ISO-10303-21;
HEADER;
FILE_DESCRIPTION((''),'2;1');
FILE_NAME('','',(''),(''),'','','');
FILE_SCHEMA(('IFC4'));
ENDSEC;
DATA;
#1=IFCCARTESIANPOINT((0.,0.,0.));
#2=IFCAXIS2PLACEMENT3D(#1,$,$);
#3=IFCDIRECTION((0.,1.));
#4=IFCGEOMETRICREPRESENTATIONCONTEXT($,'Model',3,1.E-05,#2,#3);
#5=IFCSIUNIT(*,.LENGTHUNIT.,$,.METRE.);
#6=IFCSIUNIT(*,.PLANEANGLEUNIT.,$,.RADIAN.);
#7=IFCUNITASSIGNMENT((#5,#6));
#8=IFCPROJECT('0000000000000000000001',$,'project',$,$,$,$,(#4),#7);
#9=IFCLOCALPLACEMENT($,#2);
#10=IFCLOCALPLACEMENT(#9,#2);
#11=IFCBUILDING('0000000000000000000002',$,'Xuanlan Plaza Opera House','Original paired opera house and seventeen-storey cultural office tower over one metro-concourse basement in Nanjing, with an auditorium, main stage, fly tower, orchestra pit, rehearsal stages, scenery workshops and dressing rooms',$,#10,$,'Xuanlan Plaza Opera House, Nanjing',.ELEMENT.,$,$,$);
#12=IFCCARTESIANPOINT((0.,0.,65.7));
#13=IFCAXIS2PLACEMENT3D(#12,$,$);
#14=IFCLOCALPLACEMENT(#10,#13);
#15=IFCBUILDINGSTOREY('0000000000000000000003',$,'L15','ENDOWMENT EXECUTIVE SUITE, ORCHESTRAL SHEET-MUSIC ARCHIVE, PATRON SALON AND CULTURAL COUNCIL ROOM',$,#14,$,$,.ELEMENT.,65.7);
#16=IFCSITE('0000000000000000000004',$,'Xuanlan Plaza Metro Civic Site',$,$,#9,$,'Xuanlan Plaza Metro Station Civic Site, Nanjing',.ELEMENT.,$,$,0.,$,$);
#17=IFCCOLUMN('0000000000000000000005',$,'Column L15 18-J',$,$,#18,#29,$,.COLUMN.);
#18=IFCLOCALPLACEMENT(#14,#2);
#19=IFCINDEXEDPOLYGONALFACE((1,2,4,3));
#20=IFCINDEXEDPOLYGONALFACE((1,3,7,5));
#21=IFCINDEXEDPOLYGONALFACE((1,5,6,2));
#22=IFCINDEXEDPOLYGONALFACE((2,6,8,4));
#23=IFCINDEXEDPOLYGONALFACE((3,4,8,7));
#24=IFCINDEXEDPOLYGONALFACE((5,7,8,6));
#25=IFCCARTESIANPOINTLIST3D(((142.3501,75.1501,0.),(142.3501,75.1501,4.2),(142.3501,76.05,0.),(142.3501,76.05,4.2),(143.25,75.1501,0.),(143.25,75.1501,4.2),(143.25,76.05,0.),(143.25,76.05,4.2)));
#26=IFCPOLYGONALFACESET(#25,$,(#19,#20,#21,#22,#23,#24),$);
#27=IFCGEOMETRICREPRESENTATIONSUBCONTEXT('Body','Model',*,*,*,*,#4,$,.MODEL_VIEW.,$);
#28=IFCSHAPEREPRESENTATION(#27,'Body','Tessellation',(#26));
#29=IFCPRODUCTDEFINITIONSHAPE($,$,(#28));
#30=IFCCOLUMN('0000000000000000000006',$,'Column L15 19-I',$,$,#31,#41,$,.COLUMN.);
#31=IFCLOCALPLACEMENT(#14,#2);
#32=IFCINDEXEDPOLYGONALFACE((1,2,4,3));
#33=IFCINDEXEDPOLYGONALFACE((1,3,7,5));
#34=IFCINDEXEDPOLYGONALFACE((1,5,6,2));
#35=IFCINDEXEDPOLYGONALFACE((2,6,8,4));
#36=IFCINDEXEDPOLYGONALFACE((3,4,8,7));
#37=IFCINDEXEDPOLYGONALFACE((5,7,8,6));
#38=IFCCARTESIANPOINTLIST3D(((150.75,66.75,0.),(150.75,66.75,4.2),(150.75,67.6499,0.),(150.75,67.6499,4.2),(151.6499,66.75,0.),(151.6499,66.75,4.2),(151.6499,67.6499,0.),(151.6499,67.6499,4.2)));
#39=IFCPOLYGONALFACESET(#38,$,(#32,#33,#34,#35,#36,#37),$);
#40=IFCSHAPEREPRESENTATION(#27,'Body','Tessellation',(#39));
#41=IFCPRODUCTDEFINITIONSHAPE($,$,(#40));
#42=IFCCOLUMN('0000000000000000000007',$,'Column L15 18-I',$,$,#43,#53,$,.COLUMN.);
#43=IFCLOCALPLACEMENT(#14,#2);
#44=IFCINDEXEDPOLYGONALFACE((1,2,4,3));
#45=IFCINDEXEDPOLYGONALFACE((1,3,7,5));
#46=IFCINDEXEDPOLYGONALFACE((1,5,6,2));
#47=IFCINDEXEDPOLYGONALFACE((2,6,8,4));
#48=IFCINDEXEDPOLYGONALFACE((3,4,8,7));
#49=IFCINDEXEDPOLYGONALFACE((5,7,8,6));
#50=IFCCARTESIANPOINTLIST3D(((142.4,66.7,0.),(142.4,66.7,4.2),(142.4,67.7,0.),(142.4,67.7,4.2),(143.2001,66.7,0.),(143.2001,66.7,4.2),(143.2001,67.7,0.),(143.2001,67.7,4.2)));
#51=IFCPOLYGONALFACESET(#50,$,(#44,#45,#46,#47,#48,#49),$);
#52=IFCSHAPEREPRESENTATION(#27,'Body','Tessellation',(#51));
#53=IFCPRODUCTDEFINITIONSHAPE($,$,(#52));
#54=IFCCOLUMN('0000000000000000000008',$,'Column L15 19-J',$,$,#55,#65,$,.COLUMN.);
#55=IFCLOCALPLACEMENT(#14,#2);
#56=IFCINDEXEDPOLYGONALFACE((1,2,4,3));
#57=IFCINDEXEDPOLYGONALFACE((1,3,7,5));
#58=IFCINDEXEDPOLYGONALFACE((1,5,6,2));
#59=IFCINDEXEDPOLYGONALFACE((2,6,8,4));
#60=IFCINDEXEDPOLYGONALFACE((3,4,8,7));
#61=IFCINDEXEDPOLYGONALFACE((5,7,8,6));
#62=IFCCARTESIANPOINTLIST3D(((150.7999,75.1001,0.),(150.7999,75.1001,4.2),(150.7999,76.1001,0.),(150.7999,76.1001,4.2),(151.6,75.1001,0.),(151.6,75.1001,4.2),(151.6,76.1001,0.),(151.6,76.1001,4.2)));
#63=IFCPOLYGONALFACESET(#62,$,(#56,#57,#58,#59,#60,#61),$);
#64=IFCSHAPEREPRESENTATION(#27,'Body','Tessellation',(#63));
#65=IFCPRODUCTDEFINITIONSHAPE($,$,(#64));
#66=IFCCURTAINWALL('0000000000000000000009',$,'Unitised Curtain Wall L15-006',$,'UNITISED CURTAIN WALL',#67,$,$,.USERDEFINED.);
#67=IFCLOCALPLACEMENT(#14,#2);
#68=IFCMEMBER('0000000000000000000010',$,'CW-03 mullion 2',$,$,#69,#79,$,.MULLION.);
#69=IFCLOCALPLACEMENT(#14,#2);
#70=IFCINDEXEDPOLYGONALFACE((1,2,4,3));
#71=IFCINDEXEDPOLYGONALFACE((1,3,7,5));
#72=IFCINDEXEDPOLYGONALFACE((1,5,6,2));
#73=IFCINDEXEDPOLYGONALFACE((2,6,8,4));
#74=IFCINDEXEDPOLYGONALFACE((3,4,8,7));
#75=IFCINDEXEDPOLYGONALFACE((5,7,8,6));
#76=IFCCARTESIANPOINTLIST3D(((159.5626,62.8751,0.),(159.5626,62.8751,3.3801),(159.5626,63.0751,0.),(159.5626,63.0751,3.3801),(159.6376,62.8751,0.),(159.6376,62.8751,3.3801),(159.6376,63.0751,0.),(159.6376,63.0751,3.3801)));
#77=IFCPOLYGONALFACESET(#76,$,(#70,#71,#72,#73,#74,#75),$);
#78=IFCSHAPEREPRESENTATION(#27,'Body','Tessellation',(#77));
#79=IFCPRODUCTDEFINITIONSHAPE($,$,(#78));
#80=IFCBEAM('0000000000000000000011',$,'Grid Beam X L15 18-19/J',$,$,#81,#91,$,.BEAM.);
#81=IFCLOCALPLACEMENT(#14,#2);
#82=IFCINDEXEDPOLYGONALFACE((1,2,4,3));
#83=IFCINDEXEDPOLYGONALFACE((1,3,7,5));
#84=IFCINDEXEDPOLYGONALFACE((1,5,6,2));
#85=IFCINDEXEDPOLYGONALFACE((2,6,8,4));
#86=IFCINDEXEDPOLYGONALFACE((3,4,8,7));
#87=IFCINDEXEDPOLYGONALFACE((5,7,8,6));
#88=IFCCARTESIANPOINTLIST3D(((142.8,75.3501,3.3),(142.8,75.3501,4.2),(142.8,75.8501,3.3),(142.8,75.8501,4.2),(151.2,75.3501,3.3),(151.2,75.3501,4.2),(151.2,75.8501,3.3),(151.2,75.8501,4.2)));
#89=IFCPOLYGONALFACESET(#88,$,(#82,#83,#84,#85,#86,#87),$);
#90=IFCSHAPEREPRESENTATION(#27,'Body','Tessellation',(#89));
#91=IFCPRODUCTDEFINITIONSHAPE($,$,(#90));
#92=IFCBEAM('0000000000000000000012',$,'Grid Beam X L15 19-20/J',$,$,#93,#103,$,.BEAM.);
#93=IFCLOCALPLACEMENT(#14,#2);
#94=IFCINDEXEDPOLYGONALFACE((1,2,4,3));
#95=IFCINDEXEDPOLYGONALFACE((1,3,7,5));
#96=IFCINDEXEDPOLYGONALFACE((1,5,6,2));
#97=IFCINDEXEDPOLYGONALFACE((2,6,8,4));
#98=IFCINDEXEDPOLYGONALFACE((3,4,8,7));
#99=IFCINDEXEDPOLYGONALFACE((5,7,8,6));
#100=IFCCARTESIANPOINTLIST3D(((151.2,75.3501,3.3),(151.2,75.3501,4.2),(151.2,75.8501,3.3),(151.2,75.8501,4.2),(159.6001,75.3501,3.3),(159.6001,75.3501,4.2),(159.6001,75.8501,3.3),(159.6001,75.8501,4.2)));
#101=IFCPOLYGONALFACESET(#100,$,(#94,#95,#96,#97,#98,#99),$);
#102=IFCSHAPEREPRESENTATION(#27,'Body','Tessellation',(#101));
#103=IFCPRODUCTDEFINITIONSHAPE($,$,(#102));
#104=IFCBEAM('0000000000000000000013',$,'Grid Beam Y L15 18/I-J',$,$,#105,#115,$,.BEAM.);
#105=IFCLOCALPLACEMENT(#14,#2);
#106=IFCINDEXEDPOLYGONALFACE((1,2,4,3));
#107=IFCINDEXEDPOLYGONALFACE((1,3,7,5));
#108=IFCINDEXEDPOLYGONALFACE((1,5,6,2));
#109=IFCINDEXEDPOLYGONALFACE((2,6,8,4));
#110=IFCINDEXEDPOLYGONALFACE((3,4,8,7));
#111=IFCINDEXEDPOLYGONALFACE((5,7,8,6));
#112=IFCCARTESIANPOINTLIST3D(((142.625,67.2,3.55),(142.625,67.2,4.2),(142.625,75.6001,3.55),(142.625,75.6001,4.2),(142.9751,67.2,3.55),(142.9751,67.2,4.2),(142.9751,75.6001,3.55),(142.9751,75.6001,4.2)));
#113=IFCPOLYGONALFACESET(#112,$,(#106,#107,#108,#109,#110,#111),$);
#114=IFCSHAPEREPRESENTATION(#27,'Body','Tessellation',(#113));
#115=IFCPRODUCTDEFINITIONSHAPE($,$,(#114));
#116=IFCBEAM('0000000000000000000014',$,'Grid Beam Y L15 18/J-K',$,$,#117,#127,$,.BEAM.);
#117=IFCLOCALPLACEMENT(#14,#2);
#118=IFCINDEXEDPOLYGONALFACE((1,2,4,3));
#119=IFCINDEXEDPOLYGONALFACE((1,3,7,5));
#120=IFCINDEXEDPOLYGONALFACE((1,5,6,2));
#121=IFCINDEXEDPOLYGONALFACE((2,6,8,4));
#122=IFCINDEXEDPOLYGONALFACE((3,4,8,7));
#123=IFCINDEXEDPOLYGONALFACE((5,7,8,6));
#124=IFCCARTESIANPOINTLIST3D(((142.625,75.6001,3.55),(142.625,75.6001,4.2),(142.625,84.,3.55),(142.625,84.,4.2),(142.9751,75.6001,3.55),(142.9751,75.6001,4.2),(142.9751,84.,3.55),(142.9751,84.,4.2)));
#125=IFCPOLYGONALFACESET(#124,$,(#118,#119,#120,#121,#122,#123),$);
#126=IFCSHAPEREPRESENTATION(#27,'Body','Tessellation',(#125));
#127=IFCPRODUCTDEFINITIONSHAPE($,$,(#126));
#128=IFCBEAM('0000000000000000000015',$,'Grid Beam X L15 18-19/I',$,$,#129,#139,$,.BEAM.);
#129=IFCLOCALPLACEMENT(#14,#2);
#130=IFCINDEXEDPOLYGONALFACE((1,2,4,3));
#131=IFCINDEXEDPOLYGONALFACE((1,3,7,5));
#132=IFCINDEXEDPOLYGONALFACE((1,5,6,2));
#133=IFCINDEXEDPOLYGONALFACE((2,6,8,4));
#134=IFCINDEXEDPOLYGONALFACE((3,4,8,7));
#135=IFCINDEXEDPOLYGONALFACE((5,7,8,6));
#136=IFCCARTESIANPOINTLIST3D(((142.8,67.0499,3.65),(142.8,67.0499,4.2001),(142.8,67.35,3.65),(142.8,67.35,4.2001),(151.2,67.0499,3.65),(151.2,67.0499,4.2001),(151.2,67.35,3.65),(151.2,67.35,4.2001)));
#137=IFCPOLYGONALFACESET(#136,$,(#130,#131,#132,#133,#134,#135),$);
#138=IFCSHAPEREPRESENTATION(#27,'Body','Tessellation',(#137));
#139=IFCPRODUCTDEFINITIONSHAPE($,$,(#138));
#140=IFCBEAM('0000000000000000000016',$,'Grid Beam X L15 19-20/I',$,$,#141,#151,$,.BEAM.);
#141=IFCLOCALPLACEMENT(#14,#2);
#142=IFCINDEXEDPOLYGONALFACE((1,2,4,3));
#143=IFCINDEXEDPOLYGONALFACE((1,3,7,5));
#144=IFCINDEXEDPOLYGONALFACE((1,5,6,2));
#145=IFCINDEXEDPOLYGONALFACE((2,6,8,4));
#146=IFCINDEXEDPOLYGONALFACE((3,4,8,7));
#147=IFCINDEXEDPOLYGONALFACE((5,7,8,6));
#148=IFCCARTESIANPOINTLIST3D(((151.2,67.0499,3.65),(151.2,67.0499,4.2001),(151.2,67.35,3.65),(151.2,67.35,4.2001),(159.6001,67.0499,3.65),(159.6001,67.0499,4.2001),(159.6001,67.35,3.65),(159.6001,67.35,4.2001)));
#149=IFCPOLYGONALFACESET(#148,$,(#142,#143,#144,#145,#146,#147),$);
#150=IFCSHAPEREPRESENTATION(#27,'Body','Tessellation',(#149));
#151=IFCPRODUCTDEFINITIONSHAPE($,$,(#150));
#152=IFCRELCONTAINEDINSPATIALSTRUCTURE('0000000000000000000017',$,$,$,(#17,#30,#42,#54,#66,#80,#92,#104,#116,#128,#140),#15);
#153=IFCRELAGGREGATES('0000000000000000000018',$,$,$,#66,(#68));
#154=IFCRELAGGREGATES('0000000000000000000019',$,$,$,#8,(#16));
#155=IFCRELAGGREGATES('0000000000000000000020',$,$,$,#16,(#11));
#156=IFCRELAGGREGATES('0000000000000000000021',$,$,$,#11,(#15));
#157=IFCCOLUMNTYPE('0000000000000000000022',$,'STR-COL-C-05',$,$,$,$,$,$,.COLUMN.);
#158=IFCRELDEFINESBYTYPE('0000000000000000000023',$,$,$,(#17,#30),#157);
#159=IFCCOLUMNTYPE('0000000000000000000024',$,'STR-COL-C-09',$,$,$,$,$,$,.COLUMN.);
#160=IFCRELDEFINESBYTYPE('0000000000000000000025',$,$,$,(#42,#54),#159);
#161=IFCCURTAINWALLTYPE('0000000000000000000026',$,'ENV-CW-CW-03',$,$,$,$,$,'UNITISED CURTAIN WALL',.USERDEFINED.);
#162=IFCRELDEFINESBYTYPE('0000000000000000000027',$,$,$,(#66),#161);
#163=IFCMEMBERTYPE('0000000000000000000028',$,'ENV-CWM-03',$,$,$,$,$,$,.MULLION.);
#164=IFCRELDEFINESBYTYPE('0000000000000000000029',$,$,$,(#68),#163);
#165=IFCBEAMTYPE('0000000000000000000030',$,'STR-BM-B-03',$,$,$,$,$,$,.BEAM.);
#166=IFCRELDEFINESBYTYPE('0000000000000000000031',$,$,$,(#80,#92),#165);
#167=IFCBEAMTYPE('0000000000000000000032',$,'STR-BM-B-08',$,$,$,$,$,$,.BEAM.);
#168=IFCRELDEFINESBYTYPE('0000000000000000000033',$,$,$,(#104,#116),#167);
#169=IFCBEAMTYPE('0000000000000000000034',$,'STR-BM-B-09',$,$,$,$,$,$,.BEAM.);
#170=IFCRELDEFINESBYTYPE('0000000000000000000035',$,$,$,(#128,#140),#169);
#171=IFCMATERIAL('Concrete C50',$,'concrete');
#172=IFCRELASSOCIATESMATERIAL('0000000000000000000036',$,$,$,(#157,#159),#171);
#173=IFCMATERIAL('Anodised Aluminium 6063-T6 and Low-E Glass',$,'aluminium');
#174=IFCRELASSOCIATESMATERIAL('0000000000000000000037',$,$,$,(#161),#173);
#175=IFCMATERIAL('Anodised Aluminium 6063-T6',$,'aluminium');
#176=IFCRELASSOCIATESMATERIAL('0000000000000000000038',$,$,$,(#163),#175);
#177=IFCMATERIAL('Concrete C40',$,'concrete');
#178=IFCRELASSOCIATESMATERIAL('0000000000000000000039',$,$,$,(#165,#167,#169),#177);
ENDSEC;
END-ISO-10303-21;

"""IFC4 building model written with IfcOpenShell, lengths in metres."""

from ifc_helpers import new_model, si_unit, direction, frame, origin, origin_2d, place, context, subcontext, project, spatial, rectangle, extrude, material, material_profile, profile_set, type_object, element, aggregate, save


model = new_model("IFC4")

# Units and contexts
model_context = context("Model", 3, precision=1e-05, world=origin(), true_north=direction((0.0, 1.0)))
body_context = subcontext(model_context, "Body", "Model", "MODEL_VIEW")
ifc_project = project(units=[si_unit("LENGTHUNIT", "METRE"), si_unit("PLANEANGLEUNIT", "RADIAN")], contexts=[model_context])

# Site, building, storey
site_placement = place(None, origin())
site = spatial("IfcSite", under=ifc_project, at=site_placement, Name="Xuanlan Plaza Metro Civic Site", LongName="Xuanlan Plaza Metro Station Civic Site, Nanjing", CompositionType="ELEMENT", RefElevation=0.0)
building_placement = place(site_placement, origin())
building = spatial("IfcBuilding", under=site, at=building_placement, Name="Xuanlan Plaza Opera House", Description="Original paired opera house and seventeen-storey cultural office tower over one metro-concourse basement in Nanjing, with an auditorium, main stage, fly tower, orchestra pit, rehearsal stages, scenery workshops and dressing rooms", LongName="Xuanlan Plaza Opera House, Nanjing", CompositionType="ELEMENT")
storey_placement = place(building_placement, frame((0.0, 0.0, 65.7)))
storey = spatial("IfcBuildingStorey", under=building, at=storey_placement, Name="L15", Description="ENDOWMENT EXECUTIVE SUITE, ORCHESTRAL SHEET-MUSIC ARCHIVE, PATRON SALON AND CULTURAL COUNCIL ROOM", CompositionType="ELEMENT", Elevation=65.7)

# Columns
ifc_material_1 = material(Name="Concrete C50", Category="concrete")
ifc_material_profile_1 = material_profile(ifc_material_1, rectangle(XDim=0.8999, YDim=0.8999, at=origin_2d()), Name="RC-COL 900x900")
ifc_profile_set_1 = profile_set([ifc_material_profile_1], Name="Concrete C50")
column_type_1 = type_object("IfcColumnType", Name="STR-COL-C-05", PredefinedType="COLUMN", material=ifc_profile_set_1)
for number, where, z_axis, x_axis, name in (
    (1, (142.8, 75.6001, 0.0), (0.0, 0.0, 1.0), (1.0, 0.0, 0.0), "Column L15 18-J"),
    (2, (151.2, 67.2, 0.0), (0.0, 0.0, 1.0), (1.0, 0.0, 0.0), "Column L15 19-I"),
):
    element("IfcColumn", number, at=place(storey_placement, frame(where, z_axis=z_axis, x_axis=x_axis)), inside=storey, type_object=column_type_1, Name=name, PredefinedType="COLUMN", context=body_context, shape_type="SweptSolid", body=[
        extrude(rectangle(XDim=0.8999, YDim=0.8999, at=origin_2d()), origin(), (0.0, 0.0, 1.0), 4.2),
    ])
ifc_material_profile_2 = material_profile(ifc_material_1, rectangle(XDim=0.8, YDim=1.0, at=origin_2d()), Name="RC-COL 800x1000")
ifc_profile_set_2 = profile_set([ifc_material_profile_2], Name="Concrete C50")
column_type_2 = type_object("IfcColumnType", Name="STR-COL-C-09", PredefinedType="COLUMN", material=ifc_profile_set_2)
for number, where, z_axis, x_axis, name in (
    (3, (142.8, 67.2, 0.0), (0.0, 0.0, 1.0), (1.0, 0.0, 0.0), "Column L15 18-I"),
    (4, (151.2, 75.6001, 0.0), (0.0, 0.0, 1.0), (1.0, 0.0, 0.0), "Column L15 19-J"),
):
    element("IfcColumn", number, at=place(storey_placement, frame(where, z_axis=z_axis, x_axis=x_axis)), inside=storey, type_object=column_type_2, Name=name, PredefinedType="COLUMN", context=body_context, shape_type="SweptSolid", body=[
        extrude(rectangle(XDim=0.8, YDim=1.0, at=origin_2d()), origin(), (0.0, 0.0, 1.0), 4.2),
    ])

# Curtain wall, member
ifc_material_2 = material(Name="Anodised Aluminium 6063-T6 and Low-E Glass", Category="aluminium")
curtain_wall_type = type_object("IfcCurtainWallType", Name="ENV-CW-CW-03", ElementType="UNITISED CURTAIN WALL", PredefinedType="USERDEFINED", material=ifc_material_2)
curtain_wall_placement = place(storey_placement, origin())
curtain_wall = element("IfcCurtainWall", 5, at=curtain_wall_placement, inside=storey, type_object=curtain_wall_type, Name="Unitised Curtain Wall L15-006", ObjectType="UNITISED CURTAIN WALL", PredefinedType="USERDEFINED")
ifc_material_3 = material(Name="Anodised Aluminium 6063-T6", Category="aluminium")
ifc_material_profile_3 = material_profile(ifc_material_3, rectangle(XDim=0.075, YDim=0.2, at=origin_2d()), Name="ALU-M 75x200")
ifc_profile_set_3 = profile_set([ifc_material_profile_3], Name="Anodised Aluminium 6063-T6")
member_type = type_object("IfcMemberType", Name="ENV-CWM-03", PredefinedType="MULLION", material=ifc_profile_set_3)
member_placement = place(storey_placement, frame((159.6001, 62.9751, 0.0), z_axis=(0.0, 0.0, 1.0), x_axis=(-1.0, 0.0, 0.0)))
member = element("IfcMember", 6, at=member_placement, type_object=member_type, Name="CW-03 mullion 2", PredefinedType="MULLION", context=body_context, shape_type="SweptSolid", body=[
    extrude(rectangle(XDim=0.075, YDim=0.2, at=origin_2d()), origin(), (0.0, 0.0, 1.0), 3.3801),
])

# Beams
ifc_material_4 = material(Name="Concrete C40", Category="concrete")
ifc_material_profile_4 = material_profile(ifc_material_4, rectangle(XDim=0.5, YDim=0.8999, at=origin_2d()), Name="RC-BM 500x900")
ifc_profile_set_4 = profile_set([ifc_material_profile_4], Name="Concrete C40")
beam_type_1 = type_object("IfcBeamType", Name="STR-BM-B-03", PredefinedType="BEAM", material=ifc_profile_set_4)
beam_1_placement = place(storey_placement, frame((142.8, 75.6001, 3.75), z_axis=(1.0, 0.0, 0.0), x_axis=(0.0, 1.0, 0.0)))
element("IfcBeam", 7, at=beam_1_placement, inside=storey, type_object=beam_type_1, Name="Grid Beam X L15 18-19/J", PredefinedType="BEAM", context=body_context, shape_type="SweptSolid", body=[
    extrude(rectangle(XDim=0.5, YDim=0.8999, at=origin_2d()), origin(), (0.0, 0.0, 1.0), 8.3999),
])
beam_2_placement = place(storey_placement, frame((151.2, 75.6001, 3.75), z_axis=(1.0, 0.0, 0.0), x_axis=(0.0, 1.0, 0.0)))
element("IfcBeam", 8, at=beam_2_placement, inside=storey, type_object=beam_type_1, Name="Grid Beam X L15 19-20/J", PredefinedType="BEAM", context=body_context, shape_type="SweptSolid", body=[
    extrude(rectangle(XDim=0.5, YDim=0.8999, at=origin_2d()), origin(), (0.0, 0.0, 1.0), 8.4001),
])
ifc_material_profile_5 = material_profile(ifc_material_4, rectangle(XDim=0.3501, YDim=0.6499, at=origin_2d()), Name="RC-BM 350x650")
ifc_profile_set_5 = profile_set([ifc_material_profile_5], Name="Concrete C40")
beam_type_2 = type_object("IfcBeamType", Name="STR-BM-B-08", PredefinedType="BEAM", material=ifc_profile_set_5)
beam_3_placement = place(storey_placement, frame((142.8, 67.2, 3.875), z_axis=(0.0, 1.0, 0.0), x_axis=(-1.0, 0.0, 0.0)))
element("IfcBeam", 9, at=beam_3_placement, inside=storey, type_object=beam_type_2, Name="Grid Beam Y L15 18/I-J", PredefinedType="BEAM", context=body_context, shape_type="SweptSolid", body=[
    extrude(rectangle(XDim=0.3501, YDim=0.6499, at=origin_2d()), origin(), (0.0, 0.0, 1.0), 8.4001),
])
beam_4_placement = place(storey_placement, frame((142.8, 75.6001, 3.875), z_axis=(0.0, 1.0, 0.0), x_axis=(-1.0, 0.0, 0.0)))
element("IfcBeam", 10, at=beam_4_placement, inside=storey, type_object=beam_type_2, Name="Grid Beam Y L15 18/J-K", PredefinedType="BEAM", context=body_context, shape_type="SweptSolid", body=[
    extrude(rectangle(XDim=0.3501, YDim=0.6499, at=origin_2d()), origin(), (0.0, 0.0, 1.0), 8.3999),
])
ifc_material_profile_6 = material_profile(ifc_material_4, rectangle(XDim=0.3, YDim=0.55, at=origin_2d()), Name="RC-BM 300x550")
ifc_profile_set_6 = profile_set([ifc_material_profile_6], Name="Concrete C40")
beam_type_3 = type_object("IfcBeamType", Name="STR-BM-B-09", PredefinedType="BEAM", material=ifc_profile_set_6)
beam_5_placement = place(storey_placement, frame((142.8, 67.2, 3.925), z_axis=(1.0, 0.0, 0.0), x_axis=(0.0, 1.0, 0.0)))
element("IfcBeam", 11, at=beam_5_placement, inside=storey, type_object=beam_type_3, Name="Grid Beam X L15 18-19/I", PredefinedType="BEAM", context=body_context, shape_type="SweptSolid", body=[
    extrude(rectangle(XDim=0.3, YDim=0.55, at=origin_2d()), origin(), (0.0, 0.0, 1.0), 8.3999),
])
beam_6_placement = place(storey_placement, frame((151.2, 67.2, 3.925), z_axis=(1.0, 0.0, 0.0), x_axis=(0.0, 1.0, 0.0)))
element("IfcBeam", 12, at=beam_6_placement, inside=storey, type_object=beam_type_3, Name="Grid Beam X L15 19-20/I", PredefinedType="BEAM", context=body_context, shape_type="SweptSolid", body=[
    extrude(rectangle(XDim=0.3, YDim=0.55, at=origin_2d()), origin(), (0.0, 0.0, 1.0), 8.4001),
])

aggregate(curtain_wall, [member])

save(model, "model.ifc")
